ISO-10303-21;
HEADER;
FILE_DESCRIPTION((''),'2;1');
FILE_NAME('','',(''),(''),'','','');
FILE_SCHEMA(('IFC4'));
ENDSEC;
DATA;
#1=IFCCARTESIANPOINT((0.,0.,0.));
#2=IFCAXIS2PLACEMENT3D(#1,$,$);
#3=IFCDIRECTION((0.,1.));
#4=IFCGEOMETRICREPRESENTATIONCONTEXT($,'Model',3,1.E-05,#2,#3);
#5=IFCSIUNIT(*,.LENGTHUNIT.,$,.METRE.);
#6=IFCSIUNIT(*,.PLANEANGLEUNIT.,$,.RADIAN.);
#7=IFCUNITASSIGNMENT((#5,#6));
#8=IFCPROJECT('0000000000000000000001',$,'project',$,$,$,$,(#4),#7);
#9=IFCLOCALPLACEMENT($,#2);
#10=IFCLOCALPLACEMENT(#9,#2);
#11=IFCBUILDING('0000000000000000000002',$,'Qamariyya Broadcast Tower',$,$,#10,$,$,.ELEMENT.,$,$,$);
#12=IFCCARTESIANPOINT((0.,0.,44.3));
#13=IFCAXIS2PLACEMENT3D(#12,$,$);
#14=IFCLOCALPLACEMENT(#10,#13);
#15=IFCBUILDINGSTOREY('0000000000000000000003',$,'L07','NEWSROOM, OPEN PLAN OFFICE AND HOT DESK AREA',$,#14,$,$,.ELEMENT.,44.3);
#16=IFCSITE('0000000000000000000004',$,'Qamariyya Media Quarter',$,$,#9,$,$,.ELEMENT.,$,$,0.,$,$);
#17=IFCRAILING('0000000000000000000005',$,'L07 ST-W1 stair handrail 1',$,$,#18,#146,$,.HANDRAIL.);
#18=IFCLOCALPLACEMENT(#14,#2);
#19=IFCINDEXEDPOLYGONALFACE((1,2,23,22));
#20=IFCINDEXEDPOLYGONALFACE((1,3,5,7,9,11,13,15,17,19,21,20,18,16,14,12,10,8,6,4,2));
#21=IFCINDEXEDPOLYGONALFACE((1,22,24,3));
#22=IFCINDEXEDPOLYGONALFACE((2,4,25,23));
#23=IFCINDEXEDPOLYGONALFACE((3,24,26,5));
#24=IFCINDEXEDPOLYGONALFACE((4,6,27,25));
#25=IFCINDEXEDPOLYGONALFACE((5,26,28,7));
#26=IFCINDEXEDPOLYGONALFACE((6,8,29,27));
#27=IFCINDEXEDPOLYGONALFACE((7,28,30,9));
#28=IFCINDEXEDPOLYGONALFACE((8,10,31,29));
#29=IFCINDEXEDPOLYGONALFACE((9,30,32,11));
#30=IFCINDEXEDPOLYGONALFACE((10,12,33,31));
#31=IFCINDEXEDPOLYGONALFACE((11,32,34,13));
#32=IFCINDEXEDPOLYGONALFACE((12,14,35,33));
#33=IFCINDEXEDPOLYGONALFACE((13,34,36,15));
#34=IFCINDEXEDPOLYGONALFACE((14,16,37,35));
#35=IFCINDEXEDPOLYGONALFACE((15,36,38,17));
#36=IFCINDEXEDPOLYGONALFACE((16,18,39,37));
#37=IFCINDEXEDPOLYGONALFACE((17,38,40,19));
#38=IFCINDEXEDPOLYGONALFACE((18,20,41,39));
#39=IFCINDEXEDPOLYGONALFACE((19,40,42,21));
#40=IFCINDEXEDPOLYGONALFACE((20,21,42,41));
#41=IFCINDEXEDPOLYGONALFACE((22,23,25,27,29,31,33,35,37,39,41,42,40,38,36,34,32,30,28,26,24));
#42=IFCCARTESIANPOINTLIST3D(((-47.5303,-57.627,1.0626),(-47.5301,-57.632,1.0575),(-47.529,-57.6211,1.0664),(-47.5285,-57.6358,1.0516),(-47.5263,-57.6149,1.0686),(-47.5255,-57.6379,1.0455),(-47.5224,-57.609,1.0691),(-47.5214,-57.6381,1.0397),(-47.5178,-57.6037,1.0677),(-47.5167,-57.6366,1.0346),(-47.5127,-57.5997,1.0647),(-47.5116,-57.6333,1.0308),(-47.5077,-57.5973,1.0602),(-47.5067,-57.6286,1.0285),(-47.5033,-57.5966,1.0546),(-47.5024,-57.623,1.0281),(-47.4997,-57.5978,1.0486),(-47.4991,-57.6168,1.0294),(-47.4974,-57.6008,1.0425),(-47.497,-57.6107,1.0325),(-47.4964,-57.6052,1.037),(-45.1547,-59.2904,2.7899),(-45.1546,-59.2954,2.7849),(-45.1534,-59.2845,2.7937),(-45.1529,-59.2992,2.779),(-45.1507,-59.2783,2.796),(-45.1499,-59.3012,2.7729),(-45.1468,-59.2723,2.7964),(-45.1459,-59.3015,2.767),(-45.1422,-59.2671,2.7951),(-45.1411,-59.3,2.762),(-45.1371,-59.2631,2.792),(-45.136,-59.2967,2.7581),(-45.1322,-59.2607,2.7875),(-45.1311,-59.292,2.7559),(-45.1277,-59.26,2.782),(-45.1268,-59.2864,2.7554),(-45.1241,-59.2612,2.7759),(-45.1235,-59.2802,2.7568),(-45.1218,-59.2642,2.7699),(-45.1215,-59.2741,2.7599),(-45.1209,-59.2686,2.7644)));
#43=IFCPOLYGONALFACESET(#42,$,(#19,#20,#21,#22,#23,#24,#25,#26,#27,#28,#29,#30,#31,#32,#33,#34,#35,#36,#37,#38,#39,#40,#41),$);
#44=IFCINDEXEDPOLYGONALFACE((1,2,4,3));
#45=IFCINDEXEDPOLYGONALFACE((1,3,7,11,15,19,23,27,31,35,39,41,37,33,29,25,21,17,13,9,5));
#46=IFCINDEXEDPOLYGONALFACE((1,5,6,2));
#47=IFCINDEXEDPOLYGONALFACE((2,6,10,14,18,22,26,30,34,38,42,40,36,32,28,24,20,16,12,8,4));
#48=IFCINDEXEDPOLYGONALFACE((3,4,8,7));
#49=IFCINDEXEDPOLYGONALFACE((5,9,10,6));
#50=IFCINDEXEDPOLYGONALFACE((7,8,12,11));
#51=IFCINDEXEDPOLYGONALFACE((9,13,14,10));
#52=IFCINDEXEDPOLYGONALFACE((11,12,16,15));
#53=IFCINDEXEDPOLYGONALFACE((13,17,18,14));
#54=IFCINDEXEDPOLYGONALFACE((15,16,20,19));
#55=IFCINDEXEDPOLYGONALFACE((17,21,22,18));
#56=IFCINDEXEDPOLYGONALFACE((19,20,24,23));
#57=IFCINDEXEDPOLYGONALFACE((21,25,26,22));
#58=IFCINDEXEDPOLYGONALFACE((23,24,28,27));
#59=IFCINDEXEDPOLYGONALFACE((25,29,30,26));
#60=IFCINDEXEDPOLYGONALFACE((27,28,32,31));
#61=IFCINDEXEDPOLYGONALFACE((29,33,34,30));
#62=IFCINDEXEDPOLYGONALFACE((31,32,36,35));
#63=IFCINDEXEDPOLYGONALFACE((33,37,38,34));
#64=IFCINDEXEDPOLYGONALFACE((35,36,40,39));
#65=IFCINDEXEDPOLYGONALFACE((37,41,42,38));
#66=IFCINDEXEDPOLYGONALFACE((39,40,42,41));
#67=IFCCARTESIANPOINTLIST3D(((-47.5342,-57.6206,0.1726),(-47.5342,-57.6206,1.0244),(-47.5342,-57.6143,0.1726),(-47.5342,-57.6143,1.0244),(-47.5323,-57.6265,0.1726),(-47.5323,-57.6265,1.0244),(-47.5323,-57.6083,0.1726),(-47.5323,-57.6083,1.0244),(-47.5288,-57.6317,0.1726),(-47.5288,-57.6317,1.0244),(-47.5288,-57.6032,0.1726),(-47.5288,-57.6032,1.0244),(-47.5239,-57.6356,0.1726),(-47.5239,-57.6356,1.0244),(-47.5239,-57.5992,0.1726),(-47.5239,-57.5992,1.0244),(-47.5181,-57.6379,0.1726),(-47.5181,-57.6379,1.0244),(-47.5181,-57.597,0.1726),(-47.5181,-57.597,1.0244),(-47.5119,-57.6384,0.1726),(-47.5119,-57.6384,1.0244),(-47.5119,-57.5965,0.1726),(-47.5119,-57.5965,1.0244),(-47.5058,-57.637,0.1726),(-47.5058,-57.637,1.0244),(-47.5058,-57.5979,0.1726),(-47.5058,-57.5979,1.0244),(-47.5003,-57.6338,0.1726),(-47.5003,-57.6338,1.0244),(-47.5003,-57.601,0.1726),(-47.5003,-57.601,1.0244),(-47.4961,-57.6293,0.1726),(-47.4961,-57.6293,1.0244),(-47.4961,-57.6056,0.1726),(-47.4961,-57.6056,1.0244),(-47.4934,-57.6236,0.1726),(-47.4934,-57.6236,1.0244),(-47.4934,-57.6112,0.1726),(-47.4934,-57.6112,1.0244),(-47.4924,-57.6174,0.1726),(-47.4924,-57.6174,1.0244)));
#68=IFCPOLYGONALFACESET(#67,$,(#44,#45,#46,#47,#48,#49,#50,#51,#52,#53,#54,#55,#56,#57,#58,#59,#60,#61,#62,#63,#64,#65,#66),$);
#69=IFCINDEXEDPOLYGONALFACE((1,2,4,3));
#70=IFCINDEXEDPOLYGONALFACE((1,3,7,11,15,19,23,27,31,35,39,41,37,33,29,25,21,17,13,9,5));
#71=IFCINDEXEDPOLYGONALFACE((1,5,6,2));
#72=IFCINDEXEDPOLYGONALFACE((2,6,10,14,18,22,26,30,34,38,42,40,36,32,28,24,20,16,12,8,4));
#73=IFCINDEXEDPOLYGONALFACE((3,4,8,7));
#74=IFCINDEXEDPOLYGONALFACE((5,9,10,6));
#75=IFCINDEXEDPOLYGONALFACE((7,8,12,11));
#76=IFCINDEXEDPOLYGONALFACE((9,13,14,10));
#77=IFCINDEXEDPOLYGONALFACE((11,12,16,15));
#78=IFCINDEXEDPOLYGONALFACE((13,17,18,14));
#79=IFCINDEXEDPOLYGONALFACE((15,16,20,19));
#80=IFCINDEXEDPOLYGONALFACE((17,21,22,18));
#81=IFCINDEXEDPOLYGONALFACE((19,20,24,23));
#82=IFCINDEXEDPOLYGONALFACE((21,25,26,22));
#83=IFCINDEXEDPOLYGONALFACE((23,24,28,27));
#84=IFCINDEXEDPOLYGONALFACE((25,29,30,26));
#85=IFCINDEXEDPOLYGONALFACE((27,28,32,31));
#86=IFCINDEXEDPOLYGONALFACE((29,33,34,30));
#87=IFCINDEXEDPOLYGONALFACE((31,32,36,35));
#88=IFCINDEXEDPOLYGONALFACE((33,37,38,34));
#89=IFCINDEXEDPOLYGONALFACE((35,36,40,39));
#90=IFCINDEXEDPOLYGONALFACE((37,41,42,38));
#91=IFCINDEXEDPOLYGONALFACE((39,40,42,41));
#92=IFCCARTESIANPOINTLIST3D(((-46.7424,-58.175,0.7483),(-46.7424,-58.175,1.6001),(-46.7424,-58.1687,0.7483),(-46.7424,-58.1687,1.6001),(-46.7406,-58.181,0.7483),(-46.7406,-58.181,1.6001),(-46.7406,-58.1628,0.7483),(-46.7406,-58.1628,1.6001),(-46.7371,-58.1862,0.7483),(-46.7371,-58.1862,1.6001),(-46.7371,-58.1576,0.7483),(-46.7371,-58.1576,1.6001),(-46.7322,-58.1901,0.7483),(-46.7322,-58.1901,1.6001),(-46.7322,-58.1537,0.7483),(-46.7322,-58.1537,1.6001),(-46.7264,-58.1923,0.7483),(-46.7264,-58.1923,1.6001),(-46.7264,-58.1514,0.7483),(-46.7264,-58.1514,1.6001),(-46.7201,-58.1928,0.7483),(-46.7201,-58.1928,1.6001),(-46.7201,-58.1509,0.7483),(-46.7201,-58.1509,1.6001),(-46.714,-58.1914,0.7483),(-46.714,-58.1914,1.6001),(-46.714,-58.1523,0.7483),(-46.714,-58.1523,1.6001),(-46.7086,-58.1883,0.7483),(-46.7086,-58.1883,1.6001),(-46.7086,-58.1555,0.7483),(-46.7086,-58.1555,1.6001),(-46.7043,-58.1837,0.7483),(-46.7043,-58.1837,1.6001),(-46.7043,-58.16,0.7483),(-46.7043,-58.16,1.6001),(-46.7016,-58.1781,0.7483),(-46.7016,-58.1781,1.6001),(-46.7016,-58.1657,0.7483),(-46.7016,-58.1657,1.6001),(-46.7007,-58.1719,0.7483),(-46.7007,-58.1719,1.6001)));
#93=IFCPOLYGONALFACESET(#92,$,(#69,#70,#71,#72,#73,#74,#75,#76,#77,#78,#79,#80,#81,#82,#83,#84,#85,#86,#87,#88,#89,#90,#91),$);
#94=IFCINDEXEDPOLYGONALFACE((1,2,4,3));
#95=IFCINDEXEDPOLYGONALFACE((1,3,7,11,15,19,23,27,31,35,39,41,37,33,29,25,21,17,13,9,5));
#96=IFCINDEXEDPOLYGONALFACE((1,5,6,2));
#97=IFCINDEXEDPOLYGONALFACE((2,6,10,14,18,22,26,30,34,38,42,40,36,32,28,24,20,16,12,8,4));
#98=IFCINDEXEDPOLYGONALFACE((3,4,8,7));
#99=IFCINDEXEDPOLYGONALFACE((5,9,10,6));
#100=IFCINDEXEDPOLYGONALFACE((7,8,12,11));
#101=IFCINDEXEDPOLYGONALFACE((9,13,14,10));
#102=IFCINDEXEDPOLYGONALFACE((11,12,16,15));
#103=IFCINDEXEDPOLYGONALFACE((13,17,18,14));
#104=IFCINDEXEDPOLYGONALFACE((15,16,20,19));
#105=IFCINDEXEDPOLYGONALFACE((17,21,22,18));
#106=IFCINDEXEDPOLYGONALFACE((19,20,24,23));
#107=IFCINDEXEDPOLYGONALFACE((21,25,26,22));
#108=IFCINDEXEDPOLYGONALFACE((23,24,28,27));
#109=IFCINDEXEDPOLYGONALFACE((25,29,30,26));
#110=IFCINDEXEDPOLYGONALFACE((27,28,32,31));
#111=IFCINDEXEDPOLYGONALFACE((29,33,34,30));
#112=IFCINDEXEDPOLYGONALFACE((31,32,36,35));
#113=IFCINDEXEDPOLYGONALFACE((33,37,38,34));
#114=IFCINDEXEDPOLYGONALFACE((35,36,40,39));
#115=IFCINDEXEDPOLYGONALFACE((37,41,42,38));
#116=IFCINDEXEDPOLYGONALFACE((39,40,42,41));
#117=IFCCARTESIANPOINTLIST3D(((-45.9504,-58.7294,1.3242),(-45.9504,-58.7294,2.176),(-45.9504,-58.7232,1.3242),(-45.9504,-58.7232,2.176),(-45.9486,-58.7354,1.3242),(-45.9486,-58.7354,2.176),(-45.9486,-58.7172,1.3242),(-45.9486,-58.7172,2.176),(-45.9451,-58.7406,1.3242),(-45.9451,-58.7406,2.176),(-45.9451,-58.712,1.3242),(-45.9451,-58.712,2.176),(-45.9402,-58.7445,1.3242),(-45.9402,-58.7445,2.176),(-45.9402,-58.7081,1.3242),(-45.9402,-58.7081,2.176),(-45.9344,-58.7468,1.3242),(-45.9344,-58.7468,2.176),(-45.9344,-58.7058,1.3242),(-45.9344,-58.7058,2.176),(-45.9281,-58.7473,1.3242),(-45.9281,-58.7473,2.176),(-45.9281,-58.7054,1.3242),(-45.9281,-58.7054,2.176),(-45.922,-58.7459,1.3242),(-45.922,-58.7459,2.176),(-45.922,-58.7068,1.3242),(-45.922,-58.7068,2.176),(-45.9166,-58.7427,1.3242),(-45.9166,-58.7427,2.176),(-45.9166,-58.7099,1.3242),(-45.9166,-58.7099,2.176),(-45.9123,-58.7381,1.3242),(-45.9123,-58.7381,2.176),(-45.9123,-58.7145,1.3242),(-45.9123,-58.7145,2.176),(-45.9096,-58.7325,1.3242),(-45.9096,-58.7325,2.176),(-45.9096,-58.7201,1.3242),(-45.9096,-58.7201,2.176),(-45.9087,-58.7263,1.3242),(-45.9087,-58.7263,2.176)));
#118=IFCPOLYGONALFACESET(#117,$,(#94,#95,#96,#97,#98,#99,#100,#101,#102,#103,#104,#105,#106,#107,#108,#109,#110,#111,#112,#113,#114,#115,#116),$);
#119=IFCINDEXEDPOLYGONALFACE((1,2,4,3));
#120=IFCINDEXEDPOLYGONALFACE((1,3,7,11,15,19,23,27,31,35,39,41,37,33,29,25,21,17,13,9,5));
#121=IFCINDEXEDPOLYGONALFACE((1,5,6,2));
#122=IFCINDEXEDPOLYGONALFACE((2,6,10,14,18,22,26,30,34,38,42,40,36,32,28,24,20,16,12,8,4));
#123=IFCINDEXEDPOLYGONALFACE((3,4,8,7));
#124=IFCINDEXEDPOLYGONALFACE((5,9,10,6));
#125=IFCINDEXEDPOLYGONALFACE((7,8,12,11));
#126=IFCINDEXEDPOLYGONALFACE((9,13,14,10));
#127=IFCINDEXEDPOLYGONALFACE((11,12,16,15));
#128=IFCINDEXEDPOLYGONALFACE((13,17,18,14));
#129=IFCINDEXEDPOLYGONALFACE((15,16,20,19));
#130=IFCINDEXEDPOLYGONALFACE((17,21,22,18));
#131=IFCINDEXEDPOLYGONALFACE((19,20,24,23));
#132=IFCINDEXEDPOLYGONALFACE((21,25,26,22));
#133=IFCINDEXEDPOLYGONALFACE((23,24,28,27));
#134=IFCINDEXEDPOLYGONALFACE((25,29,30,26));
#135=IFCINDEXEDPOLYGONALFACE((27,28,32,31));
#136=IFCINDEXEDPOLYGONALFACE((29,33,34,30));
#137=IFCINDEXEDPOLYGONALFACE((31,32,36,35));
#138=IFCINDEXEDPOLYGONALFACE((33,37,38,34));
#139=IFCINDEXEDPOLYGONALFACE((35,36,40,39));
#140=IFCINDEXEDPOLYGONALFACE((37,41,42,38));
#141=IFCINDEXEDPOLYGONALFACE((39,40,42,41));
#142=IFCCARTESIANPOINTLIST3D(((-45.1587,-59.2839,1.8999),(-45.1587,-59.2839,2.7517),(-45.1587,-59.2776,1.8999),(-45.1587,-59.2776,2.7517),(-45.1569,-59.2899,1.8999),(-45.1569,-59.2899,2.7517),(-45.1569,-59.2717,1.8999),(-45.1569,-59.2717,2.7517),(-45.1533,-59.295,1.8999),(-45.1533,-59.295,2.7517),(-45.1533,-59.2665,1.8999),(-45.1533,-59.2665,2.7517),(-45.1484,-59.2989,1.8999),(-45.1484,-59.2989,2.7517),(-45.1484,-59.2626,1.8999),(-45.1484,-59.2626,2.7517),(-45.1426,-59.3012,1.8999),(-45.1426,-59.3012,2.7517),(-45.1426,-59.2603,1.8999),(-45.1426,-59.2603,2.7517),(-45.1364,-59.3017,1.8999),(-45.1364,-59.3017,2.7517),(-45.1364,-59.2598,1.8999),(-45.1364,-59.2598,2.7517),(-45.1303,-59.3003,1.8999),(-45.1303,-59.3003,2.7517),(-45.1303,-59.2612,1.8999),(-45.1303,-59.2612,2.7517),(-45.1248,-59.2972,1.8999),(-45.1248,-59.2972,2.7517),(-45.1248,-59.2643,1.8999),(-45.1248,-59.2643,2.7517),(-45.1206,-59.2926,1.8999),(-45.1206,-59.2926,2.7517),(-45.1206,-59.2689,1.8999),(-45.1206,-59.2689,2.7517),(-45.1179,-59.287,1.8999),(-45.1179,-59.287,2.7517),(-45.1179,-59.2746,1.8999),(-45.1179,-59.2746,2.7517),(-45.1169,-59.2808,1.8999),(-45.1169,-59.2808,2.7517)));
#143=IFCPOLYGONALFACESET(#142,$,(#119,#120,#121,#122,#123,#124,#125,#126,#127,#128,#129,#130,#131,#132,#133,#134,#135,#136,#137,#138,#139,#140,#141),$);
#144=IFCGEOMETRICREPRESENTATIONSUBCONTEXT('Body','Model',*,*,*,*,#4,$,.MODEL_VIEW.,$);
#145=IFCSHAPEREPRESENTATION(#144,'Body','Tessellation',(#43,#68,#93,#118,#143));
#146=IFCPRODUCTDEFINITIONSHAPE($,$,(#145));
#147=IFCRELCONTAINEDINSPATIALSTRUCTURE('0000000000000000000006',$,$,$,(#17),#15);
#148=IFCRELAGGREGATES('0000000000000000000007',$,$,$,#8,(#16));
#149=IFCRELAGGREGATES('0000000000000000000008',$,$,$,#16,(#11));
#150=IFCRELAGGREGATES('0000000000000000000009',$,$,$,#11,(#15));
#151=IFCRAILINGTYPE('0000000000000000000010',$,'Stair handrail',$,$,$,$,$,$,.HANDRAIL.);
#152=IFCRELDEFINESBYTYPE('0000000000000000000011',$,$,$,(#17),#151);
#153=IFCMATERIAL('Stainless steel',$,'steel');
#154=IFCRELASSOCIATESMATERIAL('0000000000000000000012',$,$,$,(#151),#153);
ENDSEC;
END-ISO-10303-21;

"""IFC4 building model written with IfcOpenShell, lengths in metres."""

from ifc_helpers import new_model, si_unit, direction, frame, origin, origin_2d, place, context, subcontext, project, spatial, circle, extrude, material, type_object, element, save


model = new_model("IFC4")

# Units and contexts
model_context = context("Model", 3, precision=1e-05, world=origin(), true_north=direction((0.0, 1.0)))
body_context = subcontext(model_context, "Body", "Model", "MODEL_VIEW")
ifc_project = project(units=[si_unit("LENGTHUNIT", "METRE"), si_unit("PLANEANGLEUNIT", "RADIAN")], contexts=[model_context])

# Site, building, storey
site_placement = place(None, origin())
site = spatial("IfcSite", under=ifc_project, at=site_placement, Name="Qamariyya Media Quarter", CompositionType="ELEMENT", RefElevation=0.0)
building_placement = place(site_placement, origin())
building = spatial("IfcBuilding", under=site, at=building_placement, Name="Qamariyya Broadcast Tower", CompositionType="ELEMENT")
storey_placement = place(building_placement, frame((0.0, 0.0, 44.3)))
storey = spatial("IfcBuildingStorey", under=building, at=storey_placement, Name="L07", Description="NEWSROOM, OPEN PLAN OFFICE AND HOT DESK AREA", CompositionType="ELEMENT", Elevation=44.3)

# Railing
ifc_material_1 = material(Name="Stainless steel", Category="steel")
railing_type_1 = type_object("IfcRailingType", Name="Stair handrail", PredefinedType="HANDRAIL", material=ifc_material_1)
railing_1_placement = place(storey_placement, frame((-47.5134, -57.6174, 0.1726)))
element("IfcRailing", 1, at=railing_1_placement, inside=storey, type_object=railing_type_1, Name="L07 ST-W1 stair handrail 1", PredefinedType="HANDRAIL", context=body_context, shape_type="SweptSolid", body=[
    extrude(circle(Radius=0.0239, at=origin_2d()), frame((0.0, 0.0, 0.876), z_axis=(0.70377, -0.492784, 0.511734), x_axis=(0.573575, 0.819153, 0.0)), (0.0, 0.0, 1.0), 3.3755),
    extrude(circle(Radius=0.021, at=origin_2d()), origin(), (0.0, 0.0, 1.0), 0.8518),
    extrude(circle(Radius=0.021, at=origin_2d()), frame((0.7917, -0.5544, 0.5757)), (0.0, 0.0, 1.0), 0.8518),
    extrude(circle(Radius=0.021, at=origin_2d()), frame((1.5837, -1.1089, 1.1516)), (0.0, 0.0, 1.0), 0.8518),
    extrude(circle(Radius=0.021, at=origin_2d()), frame((2.3755, -1.6633, 1.7273)), (0.0, 0.0, 1.0), 0.8518),
])

save(model, "model.ifc")
